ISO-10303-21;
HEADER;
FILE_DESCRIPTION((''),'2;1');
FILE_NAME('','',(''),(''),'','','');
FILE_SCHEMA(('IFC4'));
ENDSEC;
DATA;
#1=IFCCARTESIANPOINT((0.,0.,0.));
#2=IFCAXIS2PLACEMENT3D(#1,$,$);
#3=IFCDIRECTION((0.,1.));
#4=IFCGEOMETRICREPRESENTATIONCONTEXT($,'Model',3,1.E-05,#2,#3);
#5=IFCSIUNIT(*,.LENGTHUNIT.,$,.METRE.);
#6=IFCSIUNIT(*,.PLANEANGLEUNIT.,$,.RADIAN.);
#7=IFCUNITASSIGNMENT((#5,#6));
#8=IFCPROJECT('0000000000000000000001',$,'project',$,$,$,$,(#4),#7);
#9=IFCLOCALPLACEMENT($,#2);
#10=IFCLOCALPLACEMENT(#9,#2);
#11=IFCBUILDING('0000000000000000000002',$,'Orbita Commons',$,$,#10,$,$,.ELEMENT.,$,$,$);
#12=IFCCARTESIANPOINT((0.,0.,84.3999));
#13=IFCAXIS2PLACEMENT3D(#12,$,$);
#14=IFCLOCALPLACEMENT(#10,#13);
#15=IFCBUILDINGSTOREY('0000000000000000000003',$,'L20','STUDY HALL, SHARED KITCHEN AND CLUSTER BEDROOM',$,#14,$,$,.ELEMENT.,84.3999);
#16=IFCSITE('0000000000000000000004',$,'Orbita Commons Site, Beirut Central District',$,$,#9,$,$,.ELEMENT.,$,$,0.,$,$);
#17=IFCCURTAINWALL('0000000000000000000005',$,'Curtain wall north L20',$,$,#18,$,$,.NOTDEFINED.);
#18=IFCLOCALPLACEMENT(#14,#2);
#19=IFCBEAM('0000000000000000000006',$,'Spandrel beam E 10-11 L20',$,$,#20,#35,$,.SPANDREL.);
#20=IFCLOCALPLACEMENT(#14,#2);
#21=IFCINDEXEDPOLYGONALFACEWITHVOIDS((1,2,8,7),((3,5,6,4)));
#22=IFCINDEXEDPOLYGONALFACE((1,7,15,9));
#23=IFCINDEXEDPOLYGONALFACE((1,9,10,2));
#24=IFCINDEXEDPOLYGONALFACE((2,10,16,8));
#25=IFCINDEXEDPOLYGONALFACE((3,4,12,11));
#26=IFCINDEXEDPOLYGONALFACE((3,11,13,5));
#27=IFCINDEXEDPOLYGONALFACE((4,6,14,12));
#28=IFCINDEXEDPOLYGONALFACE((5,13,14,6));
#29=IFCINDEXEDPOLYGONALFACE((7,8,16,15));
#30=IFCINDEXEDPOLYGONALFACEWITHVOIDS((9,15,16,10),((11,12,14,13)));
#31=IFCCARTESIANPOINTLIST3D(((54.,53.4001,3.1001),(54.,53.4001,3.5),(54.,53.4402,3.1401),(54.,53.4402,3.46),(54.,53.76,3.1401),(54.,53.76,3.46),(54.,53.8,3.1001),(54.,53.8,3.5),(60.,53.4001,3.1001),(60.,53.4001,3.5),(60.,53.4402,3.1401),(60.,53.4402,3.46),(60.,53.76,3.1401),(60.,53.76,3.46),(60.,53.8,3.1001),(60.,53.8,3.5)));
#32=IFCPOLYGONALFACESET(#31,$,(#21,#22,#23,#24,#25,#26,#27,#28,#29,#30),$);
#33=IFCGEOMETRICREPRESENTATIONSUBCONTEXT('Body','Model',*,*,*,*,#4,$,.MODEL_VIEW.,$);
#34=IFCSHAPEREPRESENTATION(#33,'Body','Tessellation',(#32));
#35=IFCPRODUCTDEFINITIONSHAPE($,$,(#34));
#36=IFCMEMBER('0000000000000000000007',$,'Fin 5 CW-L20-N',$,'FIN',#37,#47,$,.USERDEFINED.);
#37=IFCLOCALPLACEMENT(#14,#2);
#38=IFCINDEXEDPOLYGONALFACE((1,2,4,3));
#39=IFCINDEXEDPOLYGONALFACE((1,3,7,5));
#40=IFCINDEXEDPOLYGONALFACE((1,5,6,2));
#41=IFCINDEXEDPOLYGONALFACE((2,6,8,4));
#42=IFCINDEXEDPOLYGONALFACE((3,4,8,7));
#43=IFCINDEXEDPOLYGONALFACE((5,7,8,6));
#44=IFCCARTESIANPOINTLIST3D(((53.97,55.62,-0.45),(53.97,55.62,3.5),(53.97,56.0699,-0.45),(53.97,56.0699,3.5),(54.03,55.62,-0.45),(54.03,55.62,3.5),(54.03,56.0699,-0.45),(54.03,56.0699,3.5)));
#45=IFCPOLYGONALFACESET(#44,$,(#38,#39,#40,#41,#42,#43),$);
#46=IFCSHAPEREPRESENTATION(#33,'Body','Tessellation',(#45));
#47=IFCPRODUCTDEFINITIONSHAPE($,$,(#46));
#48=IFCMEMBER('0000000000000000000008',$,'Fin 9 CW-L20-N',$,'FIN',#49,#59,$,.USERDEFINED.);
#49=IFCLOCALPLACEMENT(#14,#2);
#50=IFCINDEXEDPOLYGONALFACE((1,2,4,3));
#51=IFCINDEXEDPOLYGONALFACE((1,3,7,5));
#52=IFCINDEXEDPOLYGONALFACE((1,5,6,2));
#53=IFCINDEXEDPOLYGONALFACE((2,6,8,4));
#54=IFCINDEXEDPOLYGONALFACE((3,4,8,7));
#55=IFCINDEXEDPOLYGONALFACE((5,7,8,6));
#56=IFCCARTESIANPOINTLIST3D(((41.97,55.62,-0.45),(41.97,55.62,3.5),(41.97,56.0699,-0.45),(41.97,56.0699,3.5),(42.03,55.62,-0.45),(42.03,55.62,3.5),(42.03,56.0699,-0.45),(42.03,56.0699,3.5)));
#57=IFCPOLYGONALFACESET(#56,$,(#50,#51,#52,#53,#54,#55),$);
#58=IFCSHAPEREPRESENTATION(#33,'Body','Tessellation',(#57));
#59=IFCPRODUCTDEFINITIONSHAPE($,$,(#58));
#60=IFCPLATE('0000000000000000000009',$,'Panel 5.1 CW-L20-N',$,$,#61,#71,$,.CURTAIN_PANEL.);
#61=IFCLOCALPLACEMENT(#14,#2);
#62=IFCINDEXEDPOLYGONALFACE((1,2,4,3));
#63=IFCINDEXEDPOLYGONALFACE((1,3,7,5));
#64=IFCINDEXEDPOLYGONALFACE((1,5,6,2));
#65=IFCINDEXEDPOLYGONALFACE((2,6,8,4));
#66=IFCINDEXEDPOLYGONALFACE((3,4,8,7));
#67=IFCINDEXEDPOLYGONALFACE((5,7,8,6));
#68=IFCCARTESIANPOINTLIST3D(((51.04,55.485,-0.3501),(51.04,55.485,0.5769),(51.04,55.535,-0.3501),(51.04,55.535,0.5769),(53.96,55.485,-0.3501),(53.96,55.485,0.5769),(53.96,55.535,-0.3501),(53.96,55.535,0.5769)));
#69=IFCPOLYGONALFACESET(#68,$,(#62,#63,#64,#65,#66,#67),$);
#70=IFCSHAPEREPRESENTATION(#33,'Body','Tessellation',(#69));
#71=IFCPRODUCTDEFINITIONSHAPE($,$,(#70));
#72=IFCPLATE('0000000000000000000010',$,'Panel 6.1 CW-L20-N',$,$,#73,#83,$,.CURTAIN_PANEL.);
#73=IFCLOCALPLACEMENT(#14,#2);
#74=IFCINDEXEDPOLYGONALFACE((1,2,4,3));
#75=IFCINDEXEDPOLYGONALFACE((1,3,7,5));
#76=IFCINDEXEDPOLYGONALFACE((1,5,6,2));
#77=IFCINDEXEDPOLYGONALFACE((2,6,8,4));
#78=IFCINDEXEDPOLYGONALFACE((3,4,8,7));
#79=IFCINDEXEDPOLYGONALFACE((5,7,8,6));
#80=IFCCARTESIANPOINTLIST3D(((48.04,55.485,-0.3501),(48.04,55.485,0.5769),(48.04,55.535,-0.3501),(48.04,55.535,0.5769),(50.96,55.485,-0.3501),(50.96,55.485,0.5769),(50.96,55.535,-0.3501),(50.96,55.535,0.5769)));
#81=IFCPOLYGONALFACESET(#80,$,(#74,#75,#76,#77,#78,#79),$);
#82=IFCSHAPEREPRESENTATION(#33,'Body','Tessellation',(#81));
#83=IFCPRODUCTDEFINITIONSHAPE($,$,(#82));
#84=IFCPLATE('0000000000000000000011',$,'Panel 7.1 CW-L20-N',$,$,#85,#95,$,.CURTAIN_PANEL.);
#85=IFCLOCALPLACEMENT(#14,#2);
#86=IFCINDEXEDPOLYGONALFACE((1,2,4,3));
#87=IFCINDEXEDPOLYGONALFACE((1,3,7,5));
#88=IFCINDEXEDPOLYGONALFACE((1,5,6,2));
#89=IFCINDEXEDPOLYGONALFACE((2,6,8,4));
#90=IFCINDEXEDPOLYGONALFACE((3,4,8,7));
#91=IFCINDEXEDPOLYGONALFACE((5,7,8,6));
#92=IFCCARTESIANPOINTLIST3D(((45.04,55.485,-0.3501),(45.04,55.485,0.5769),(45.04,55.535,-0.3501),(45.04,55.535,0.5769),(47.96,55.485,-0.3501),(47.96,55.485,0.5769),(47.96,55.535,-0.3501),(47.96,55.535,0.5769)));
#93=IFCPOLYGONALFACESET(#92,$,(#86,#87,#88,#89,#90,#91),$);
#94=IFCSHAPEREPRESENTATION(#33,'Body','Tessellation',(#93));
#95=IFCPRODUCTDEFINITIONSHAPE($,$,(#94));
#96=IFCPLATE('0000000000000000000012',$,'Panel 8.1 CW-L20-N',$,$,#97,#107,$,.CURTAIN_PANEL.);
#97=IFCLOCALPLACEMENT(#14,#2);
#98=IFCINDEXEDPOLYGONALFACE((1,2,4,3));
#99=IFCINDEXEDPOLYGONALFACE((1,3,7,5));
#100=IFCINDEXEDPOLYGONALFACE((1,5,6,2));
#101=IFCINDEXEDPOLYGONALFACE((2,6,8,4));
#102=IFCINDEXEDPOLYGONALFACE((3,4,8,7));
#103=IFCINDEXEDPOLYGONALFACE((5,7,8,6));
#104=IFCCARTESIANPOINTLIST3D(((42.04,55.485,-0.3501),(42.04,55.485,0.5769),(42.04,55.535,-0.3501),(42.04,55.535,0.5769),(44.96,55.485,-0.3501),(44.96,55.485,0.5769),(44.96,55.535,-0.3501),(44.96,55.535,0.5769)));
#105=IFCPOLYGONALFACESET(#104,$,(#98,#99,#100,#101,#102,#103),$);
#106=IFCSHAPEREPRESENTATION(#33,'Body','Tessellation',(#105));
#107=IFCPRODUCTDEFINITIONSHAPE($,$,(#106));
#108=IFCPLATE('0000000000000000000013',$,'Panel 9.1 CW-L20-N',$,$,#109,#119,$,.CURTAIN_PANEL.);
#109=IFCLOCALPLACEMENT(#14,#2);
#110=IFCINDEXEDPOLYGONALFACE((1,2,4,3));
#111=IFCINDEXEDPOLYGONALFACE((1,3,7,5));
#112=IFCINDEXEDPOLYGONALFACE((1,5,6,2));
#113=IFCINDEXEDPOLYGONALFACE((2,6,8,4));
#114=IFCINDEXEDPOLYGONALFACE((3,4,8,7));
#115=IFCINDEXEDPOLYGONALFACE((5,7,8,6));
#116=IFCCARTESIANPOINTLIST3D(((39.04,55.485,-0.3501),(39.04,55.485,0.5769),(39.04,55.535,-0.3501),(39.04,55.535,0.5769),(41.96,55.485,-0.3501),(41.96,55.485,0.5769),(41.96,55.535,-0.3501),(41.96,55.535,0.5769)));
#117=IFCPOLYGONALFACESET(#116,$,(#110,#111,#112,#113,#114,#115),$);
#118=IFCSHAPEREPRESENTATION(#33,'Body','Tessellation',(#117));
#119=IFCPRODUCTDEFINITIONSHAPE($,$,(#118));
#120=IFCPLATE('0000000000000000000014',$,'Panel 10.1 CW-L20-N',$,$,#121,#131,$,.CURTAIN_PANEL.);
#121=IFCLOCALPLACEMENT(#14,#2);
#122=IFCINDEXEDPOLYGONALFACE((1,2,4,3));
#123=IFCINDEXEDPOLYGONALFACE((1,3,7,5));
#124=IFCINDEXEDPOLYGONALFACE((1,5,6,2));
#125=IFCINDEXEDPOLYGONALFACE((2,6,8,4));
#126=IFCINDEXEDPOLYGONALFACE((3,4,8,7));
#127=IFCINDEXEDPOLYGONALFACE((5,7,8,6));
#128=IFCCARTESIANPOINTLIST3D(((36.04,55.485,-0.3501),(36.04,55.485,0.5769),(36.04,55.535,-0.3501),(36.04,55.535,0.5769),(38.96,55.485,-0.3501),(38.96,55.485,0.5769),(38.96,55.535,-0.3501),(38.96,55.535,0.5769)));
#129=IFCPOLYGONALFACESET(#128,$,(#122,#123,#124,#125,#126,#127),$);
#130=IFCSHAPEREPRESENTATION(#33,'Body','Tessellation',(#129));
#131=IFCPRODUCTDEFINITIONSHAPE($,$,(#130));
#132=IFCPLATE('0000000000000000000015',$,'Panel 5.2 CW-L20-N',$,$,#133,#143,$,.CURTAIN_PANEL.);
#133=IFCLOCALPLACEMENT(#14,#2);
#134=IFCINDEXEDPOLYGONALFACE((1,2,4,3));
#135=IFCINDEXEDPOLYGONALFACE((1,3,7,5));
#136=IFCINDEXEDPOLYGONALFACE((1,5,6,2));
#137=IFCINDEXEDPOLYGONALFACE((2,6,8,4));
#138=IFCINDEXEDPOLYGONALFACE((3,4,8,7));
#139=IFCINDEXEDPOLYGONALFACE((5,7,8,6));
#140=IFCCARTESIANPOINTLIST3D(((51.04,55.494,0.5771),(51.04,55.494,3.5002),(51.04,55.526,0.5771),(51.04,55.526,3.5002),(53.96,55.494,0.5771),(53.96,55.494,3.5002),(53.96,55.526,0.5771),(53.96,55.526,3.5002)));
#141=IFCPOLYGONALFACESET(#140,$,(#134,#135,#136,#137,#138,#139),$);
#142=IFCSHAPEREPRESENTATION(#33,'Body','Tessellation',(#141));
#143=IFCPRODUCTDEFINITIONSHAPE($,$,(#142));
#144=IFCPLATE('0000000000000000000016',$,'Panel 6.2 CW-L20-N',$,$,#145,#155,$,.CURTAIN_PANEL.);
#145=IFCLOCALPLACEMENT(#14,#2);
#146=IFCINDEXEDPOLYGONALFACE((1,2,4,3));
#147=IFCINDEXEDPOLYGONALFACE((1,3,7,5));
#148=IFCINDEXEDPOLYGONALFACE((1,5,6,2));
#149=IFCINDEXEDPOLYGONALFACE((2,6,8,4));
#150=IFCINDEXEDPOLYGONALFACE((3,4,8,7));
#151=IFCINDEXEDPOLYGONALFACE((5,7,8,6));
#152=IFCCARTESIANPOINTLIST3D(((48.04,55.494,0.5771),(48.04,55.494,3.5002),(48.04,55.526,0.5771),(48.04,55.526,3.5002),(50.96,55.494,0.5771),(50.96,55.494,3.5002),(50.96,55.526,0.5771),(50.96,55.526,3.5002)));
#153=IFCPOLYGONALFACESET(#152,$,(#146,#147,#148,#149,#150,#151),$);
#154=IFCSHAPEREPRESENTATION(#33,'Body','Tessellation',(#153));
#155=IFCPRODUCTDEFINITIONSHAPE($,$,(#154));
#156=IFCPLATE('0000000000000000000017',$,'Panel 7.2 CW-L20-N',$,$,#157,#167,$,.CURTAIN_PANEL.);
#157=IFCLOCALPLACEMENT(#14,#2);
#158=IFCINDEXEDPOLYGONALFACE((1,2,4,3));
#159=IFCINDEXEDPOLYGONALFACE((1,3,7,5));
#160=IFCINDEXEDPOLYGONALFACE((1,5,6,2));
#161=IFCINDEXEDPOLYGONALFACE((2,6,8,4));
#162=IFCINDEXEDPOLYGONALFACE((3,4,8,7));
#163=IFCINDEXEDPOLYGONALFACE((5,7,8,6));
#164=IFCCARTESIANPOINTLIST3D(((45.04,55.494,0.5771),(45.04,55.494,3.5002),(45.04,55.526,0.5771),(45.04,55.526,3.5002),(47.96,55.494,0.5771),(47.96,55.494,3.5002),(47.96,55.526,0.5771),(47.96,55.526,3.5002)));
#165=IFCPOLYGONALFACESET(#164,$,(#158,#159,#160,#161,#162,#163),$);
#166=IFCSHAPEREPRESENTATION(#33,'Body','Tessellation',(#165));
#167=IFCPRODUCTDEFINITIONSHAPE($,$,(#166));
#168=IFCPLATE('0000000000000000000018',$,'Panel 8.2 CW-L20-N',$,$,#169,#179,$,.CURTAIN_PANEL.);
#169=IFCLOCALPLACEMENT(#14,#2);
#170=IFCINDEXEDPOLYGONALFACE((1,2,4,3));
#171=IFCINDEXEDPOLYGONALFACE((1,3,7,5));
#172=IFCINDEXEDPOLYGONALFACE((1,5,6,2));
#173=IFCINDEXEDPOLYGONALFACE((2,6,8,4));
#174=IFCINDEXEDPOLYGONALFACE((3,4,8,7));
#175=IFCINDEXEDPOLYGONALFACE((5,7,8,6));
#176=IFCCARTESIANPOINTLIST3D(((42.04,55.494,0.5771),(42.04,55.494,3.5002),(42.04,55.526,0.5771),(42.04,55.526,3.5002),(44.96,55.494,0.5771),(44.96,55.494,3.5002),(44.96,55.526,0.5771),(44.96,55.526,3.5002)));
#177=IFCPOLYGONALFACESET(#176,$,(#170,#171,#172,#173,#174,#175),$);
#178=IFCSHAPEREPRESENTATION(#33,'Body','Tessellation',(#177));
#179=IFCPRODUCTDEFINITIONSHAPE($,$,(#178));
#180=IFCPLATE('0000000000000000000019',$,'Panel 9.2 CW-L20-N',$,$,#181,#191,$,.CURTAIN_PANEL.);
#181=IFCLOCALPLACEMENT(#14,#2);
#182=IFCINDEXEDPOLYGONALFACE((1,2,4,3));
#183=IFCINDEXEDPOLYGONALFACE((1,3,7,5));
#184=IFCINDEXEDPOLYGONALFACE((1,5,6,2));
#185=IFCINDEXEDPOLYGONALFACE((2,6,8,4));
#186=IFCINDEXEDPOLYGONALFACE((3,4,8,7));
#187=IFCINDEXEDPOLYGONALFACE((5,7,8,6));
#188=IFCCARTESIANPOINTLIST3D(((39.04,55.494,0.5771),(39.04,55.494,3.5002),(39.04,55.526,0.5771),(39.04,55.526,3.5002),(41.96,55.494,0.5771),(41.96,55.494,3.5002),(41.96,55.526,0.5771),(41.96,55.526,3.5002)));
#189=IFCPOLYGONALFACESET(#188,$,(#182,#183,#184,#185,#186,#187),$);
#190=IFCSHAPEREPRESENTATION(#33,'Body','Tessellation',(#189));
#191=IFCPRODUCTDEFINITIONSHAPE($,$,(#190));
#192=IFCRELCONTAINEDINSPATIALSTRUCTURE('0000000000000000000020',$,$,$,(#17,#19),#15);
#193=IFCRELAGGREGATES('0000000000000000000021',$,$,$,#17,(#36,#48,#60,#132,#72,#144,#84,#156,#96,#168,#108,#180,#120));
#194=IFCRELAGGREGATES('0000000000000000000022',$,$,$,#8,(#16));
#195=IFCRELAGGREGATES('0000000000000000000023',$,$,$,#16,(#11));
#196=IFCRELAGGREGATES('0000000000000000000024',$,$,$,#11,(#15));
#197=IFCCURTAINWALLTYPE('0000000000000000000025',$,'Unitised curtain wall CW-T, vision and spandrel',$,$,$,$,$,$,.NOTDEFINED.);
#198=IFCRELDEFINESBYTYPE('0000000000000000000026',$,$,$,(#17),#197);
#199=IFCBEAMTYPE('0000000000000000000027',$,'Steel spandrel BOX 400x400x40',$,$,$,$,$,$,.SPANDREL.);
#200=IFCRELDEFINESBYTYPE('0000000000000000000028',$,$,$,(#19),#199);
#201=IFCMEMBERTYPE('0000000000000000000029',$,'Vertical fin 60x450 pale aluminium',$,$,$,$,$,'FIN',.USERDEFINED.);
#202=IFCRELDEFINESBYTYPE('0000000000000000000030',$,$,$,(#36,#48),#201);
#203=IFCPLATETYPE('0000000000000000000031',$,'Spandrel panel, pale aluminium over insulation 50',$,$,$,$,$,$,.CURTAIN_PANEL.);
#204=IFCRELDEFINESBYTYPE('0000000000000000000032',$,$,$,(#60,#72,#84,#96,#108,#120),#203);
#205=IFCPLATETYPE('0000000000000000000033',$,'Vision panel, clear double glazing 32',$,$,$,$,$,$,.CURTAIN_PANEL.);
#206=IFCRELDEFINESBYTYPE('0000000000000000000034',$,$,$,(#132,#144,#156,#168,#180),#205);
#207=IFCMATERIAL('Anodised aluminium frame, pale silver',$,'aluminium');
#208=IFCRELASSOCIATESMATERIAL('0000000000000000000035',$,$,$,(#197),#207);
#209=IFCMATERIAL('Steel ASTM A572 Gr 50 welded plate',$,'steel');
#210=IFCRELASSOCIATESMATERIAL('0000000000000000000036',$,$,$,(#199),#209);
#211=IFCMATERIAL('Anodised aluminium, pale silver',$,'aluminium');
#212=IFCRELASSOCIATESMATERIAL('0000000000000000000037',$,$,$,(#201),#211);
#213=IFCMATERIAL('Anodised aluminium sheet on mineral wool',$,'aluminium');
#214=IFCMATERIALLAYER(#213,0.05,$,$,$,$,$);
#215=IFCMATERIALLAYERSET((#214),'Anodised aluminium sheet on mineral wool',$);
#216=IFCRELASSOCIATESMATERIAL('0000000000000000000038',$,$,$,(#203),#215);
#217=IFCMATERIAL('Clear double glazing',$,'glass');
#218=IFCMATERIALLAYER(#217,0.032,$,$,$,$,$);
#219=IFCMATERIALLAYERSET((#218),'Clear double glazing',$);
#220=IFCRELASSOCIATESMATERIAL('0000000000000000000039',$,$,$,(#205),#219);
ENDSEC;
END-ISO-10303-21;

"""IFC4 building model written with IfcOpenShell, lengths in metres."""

from ifc_helpers import new_model, si_unit, direction, frame, origin, origin_2d, place, context, subcontext, project, spatial, rectangle, hollow_rectangle, extrude, material, layer, layer_set, material_profile, profile_set, type_object, element, aggregate, save


model = new_model("IFC4")

# Units and contexts
model_context = context("Model", 3, precision=1e-05, world=origin(), true_north=direction((0.0, 1.0)))
body_context = subcontext(model_context, "Body", "Model", "MODEL_VIEW")
ifc_project = project(units=[si_unit("LENGTHUNIT", "METRE"), si_unit("PLANEANGLEUNIT", "RADIAN")], contexts=[model_context])

# Site, building, storey
site_placement = place(None, origin())
site = spatial("IfcSite", under=ifc_project, at=site_placement, Name="Orbita Commons Site, Beirut Central District", CompositionType="ELEMENT", RefElevation=0.0)
building_placement = place(site_placement, origin())
building = spatial("IfcBuilding", under=site, at=building_placement, Name="Orbita Commons", CompositionType="ELEMENT")
storey_placement = place(building_placement, frame((0.0, 0.0, 84.3999)))
storey = spatial("IfcBuildingStorey", under=building, at=storey_placement, Name="L20", Description="STUDY HALL, SHARED KITCHEN AND CLUSTER BEDROOM", CompositionType="ELEMENT", Elevation=84.3999)

# Curtain wall
ifc_material_1 = material(Name="Anodised aluminium frame, pale silver", Category="aluminium")
curtain_wall_type = type_object("IfcCurtainWallType", Name="Unitised curtain wall CW-T, vision and spandrel", PredefinedType="NOTDEFINED", material=ifc_material_1)
curtain_wall_placement = place(storey_placement, origin())
curtain_wall = element("IfcCurtainWall", 1, at=curtain_wall_placement, inside=storey, type_object=curtain_wall_type, Name="Curtain wall north L20", PredefinedType="NOTDEFINED")

# Beam
ifc_material_2 = material(Name="Steel ASTM A572 Gr 50 welded plate", Category="steel")
ifc_material_profile_1 = material_profile(ifc_material_2, hollow_rectangle(XDim=0.3999, YDim=0.3999, WallThickness=0.04, at=origin_2d()), Name="BOX 400x400x40")
ifc_profile_set_1 = profile_set([ifc_material_profile_1], Name="Steel ASTM A572 Gr 50 welded plate")
beam_type = type_object("IfcBeamType", Name="Steel spandrel BOX 400x400x40", PredefinedType="SPANDREL", material=ifc_profile_set_1)
beam_placement = place(storey_placement, frame((54.0, 53.6001, 3.3), z_axis=(1.0, 0.0, 0.0), x_axis=(0.0, 1.0, 0.0)))
element("IfcBeam", 2, at=beam_placement, inside=storey, type_object=beam_type, Name="Spandrel beam E 10-11 L20", PredefinedType="SPANDREL", context=body_context, shape_type="SweptSolid", body=[
    extrude(hollow_rectangle(XDim=0.3999, YDim=0.3999, WallThickness=0.04, at=origin_2d()), origin(), (0.0, 0.0, 1.0), 6.0),
])

# Members
ifc_material_3 = material(Name="Anodised aluminium, pale silver", Category="aluminium")
ifc_material_profile_2 = material_profile(ifc_material_3, rectangle(XDim=0.0601, YDim=0.45, at=origin_2d()), Name="FIN 60x450")
ifc_profile_set_2 = profile_set([ifc_material_profile_2], Name="Anodised aluminium, pale silver")
member_type_1 = type_object("IfcMemberType", Name="Vertical fin 60x450 pale aluminium", ElementType="FIN", PredefinedType="USERDEFINED", material=ifc_profile_set_2)
member_1_placement = place(storey_placement, frame((54.0, 55.845, -0.45), z_axis=(0.0, 0.0, 1.0), x_axis=(-1.0, 0.0, 0.0)))
member_1 = element("IfcMember", 3, at=member_1_placement, type_object=member_type_1, Name="Fin 5 CW-L20-N", ObjectType="FIN", PredefinedType="USERDEFINED", context=body_context, shape_type="SweptSolid", body=[
    extrude(rectangle(XDim=0.0601, YDim=0.45, at=origin_2d()), origin(), (0.0, 0.0, 1.0), 3.95),
])
member_2_placement = place(storey_placement, frame((42.0, 55.845, -0.45), z_axis=(0.0, 0.0, 1.0), x_axis=(-1.0, 0.0, 0.0)))
member_2 = element("IfcMember", 4, at=member_2_placement, type_object=member_type_1, Name="Fin 9 CW-L20-N", ObjectType="FIN", PredefinedType="USERDEFINED", context=body_context, shape_type="SweptSolid", body=[
    extrude(rectangle(XDim=0.0601, YDim=0.45, at=origin_2d()), origin(), (0.0, 0.0, 1.0), 3.95),
])

# Plates
ifc_material_4 = material(Name="Anodised aluminium sheet on mineral wool", Category="aluminium")
ifc_layer_1 = layer(ifc_material_4, 0.05)
ifc_layer_set_1 = layer_set([ifc_layer_1], Name="Anodised aluminium sheet on mineral wool")
plate_type_1 = type_object("IfcPlateType", Name="Spandrel panel, pale aluminium over insulation 50", PredefinedType="CURTAIN_PANEL", material=ifc_layer_set_1)
plate_1_placement = place(storey_placement, frame((52.5, 55.51, -0.3501), z_axis=(0.0, 0.0, 1.0), x_axis=(-1.0, 0.0, 0.0)))
plate_1 = element("IfcPlate", 5, at=plate_1_placement, type_object=plate_type_1, Name="Panel 5.1 CW-L20-N", PredefinedType="CURTAIN_PANEL", context=body_context, shape_type="SweptSolid", body=[
    extrude(rectangle(XDim=2.9199, YDim=0.05, at=origin_2d()), origin(), (0.0, 0.0, 1.0), 0.927),
])
plate_2_placement = place(storey_placement, frame((49.5, 55.51, -0.3501), z_axis=(0.0, 0.0, 1.0), x_axis=(-1.0, 0.0, 0.0)))
plate_2 = element("IfcPlate", 6, at=plate_2_placement, type_object=plate_type_1, Name="Panel 6.1 CW-L20-N", PredefinedType="CURTAIN_PANEL", context=body_context, shape_type="SweptSolid", body=[
    extrude(rectangle(XDim=2.9199, YDim=0.05, at=origin_2d()), origin(), (0.0, 0.0, 1.0), 0.927),
])
plate_3_placement = place(storey_placement, frame((46.5, 55.51, -0.3501), z_axis=(0.0, 0.0, 1.0), x_axis=(-1.0, 0.0, 0.0)))
plate_3 = element("IfcPlate", 7, at=plate_3_placement, type_object=plate_type_1, Name="Panel 7.1 CW-L20-N", PredefinedType="CURTAIN_PANEL", context=body_context, shape_type="SweptSolid", body=[
    extrude(rectangle(XDim=2.9199, YDim=0.05, at=origin_2d()), origin(), (0.0, 0.0, 1.0), 0.927),
])
plate_4_placement = place(storey_placement, frame((43.5, 55.51, -0.3501), z_axis=(0.0, 0.0, 1.0), x_axis=(-1.0, 0.0, 0.0)))
plate_4 = element("IfcPlate", 8, at=plate_4_placement, type_object=plate_type_1, Name="Panel 8.1 CW-L20-N", PredefinedType="CURTAIN_PANEL", context=body_context, shape_type="SweptSolid", body=[
    extrude(rectangle(XDim=2.9199, YDim=0.05, at=origin_2d()), origin(), (0.0, 0.0, 1.0), 0.927),
])
plate_5_placement = place(storey_placement, frame((40.5, 55.51, -0.3501), z_axis=(0.0, 0.0, 1.0), x_axis=(-1.0, 0.0, 0.0)))
plate_5 = element("IfcPlate", 9, at=plate_5_placement, type_object=plate_type_1, Name="Panel 9.1 CW-L20-N", PredefinedType="CURTAIN_PANEL", context=body_context, shape_type="SweptSolid", body=[
    extrude(rectangle(XDim=2.9199, YDim=0.05, at=origin_2d()), origin(), (0.0, 0.0, 1.0), 0.927),
])
plate_6_placement = place(storey_placement, frame((37.5, 55.51, -0.3501), z_axis=(0.0, 0.0, 1.0), x_axis=(-1.0, 0.0, 0.0)))
plate_6 = element("IfcPlate", 10, at=plate_6_placement, type_object=plate_type_1, Name="Panel 10.1 CW-L20-N", PredefinedType="CURTAIN_PANEL", context=body_context, shape_type="SweptSolid", body=[
    extrude(rectangle(XDim=2.9199, YDim=0.05, at=origin_2d()), origin(), (0.0, 0.0, 1.0), 0.927),
])
ifc_material_5 = material(Name="Clear double glazing", Category="glass")
ifc_layer_2 = layer(ifc_material_5, 0.032)
ifc_layer_set_2 = layer_set([ifc_layer_2], Name="Clear double glazing")
plate_type_2 = type_object("IfcPlateType", Name="Vision panel, clear double glazing 32", PredefinedType="CURTAIN_PANEL", material=ifc_layer_set_2)
plate_7_placement = place(storey_placement, frame((52.5, 55.51, 0.5771), z_axis=(0.0, 0.0, 1.0), x_axis=(-1.0, 0.0, 0.0)))
plate_7 = element("IfcPlate", 11, at=plate_7_placement, type_object=plate_type_2, Name="Panel 5.2 CW-L20-N", PredefinedType="CURTAIN_PANEL", context=body_context, shape_type="SweptSolid", body=[
    extrude(rectangle(XDim=2.9199, YDim=0.032, at=origin_2d()), origin(), (0.0, 0.0, 1.0), 2.9231),
])
plate_8_placement = place(storey_placement, frame((49.5, 55.51, 0.5771), z_axis=(0.0, 0.0, 1.0), x_axis=(-1.0, 0.0, 0.0)))
plate_8 = element("IfcPlate", 12, at=plate_8_placement, type_object=plate_type_2, Name="Panel 6.2 CW-L20-N", PredefinedType="CURTAIN_PANEL", context=body_context, shape_type="SweptSolid", body=[
    extrude(rectangle(XDim=2.9199, YDim=0.032, at=origin_2d()), origin(), (0.0, 0.0, 1.0), 2.9231),
])
plate_9_placement = place(storey_placement, frame((46.5, 55.51, 0.5771), z_axis=(0.0, 0.0, 1.0), x_axis=(-1.0, 0.0, 0.0)))
plate_9 = element("IfcPlate", 13, at=plate_9_placement, type_object=plate_type_2, Name="Panel 7.2 CW-L20-N", PredefinedType="CURTAIN_PANEL", context=body_context, shape_type="SweptSolid", body=[
    extrude(rectangle(XDim=2.9199, YDim=0.032, at=origin_2d()), origin(), (0.0, 0.0, 1.0), 2.9231),
])
plate_10_placement = place(storey_placement, frame((43.5, 55.51, 0.5771), z_axis=(0.0, 0.0, 1.0), x_axis=(-1.0, 0.0, 0.0)))
plate_10 = element("IfcPlate", 14, at=plate_10_placement, type_object=plate_type_2, Name="Panel 8.2 CW-L20-N", PredefinedType="CURTAIN_PANEL", context=body_context, shape_type="SweptSolid", body=[
    extrude(rectangle(XDim=2.9199, YDim=0.032, at=origin_2d()), origin(), (0.0, 0.0, 1.0), 2.9231),
])
plate_11_placement = place(storey_placement, frame((40.5, 55.51, 0.5771), z_axis=(0.0, 0.0, 1.0), x_axis=(-1.0, 0.0, 0.0)))
plate_11 = element("IfcPlate", 15, at=plate_11_placement, type_object=plate_type_2, Name="Panel 9.2 CW-L20-N", PredefinedType="CURTAIN_PANEL", context=body_context, shape_type="SweptSolid", body=[
    extrude(rectangle(XDim=2.9199, YDim=0.032, at=origin_2d()), origin(), (0.0, 0.0, 1.0), 2.9231),
])
aggregate(curtain_wall, [member_1, member_2, plate_1, plate_7, plate_2, plate_8, plate_3, plate_9, plate_4, plate_10, plate_5, plate_11, plate_6])

save(model, "model.ifc")
